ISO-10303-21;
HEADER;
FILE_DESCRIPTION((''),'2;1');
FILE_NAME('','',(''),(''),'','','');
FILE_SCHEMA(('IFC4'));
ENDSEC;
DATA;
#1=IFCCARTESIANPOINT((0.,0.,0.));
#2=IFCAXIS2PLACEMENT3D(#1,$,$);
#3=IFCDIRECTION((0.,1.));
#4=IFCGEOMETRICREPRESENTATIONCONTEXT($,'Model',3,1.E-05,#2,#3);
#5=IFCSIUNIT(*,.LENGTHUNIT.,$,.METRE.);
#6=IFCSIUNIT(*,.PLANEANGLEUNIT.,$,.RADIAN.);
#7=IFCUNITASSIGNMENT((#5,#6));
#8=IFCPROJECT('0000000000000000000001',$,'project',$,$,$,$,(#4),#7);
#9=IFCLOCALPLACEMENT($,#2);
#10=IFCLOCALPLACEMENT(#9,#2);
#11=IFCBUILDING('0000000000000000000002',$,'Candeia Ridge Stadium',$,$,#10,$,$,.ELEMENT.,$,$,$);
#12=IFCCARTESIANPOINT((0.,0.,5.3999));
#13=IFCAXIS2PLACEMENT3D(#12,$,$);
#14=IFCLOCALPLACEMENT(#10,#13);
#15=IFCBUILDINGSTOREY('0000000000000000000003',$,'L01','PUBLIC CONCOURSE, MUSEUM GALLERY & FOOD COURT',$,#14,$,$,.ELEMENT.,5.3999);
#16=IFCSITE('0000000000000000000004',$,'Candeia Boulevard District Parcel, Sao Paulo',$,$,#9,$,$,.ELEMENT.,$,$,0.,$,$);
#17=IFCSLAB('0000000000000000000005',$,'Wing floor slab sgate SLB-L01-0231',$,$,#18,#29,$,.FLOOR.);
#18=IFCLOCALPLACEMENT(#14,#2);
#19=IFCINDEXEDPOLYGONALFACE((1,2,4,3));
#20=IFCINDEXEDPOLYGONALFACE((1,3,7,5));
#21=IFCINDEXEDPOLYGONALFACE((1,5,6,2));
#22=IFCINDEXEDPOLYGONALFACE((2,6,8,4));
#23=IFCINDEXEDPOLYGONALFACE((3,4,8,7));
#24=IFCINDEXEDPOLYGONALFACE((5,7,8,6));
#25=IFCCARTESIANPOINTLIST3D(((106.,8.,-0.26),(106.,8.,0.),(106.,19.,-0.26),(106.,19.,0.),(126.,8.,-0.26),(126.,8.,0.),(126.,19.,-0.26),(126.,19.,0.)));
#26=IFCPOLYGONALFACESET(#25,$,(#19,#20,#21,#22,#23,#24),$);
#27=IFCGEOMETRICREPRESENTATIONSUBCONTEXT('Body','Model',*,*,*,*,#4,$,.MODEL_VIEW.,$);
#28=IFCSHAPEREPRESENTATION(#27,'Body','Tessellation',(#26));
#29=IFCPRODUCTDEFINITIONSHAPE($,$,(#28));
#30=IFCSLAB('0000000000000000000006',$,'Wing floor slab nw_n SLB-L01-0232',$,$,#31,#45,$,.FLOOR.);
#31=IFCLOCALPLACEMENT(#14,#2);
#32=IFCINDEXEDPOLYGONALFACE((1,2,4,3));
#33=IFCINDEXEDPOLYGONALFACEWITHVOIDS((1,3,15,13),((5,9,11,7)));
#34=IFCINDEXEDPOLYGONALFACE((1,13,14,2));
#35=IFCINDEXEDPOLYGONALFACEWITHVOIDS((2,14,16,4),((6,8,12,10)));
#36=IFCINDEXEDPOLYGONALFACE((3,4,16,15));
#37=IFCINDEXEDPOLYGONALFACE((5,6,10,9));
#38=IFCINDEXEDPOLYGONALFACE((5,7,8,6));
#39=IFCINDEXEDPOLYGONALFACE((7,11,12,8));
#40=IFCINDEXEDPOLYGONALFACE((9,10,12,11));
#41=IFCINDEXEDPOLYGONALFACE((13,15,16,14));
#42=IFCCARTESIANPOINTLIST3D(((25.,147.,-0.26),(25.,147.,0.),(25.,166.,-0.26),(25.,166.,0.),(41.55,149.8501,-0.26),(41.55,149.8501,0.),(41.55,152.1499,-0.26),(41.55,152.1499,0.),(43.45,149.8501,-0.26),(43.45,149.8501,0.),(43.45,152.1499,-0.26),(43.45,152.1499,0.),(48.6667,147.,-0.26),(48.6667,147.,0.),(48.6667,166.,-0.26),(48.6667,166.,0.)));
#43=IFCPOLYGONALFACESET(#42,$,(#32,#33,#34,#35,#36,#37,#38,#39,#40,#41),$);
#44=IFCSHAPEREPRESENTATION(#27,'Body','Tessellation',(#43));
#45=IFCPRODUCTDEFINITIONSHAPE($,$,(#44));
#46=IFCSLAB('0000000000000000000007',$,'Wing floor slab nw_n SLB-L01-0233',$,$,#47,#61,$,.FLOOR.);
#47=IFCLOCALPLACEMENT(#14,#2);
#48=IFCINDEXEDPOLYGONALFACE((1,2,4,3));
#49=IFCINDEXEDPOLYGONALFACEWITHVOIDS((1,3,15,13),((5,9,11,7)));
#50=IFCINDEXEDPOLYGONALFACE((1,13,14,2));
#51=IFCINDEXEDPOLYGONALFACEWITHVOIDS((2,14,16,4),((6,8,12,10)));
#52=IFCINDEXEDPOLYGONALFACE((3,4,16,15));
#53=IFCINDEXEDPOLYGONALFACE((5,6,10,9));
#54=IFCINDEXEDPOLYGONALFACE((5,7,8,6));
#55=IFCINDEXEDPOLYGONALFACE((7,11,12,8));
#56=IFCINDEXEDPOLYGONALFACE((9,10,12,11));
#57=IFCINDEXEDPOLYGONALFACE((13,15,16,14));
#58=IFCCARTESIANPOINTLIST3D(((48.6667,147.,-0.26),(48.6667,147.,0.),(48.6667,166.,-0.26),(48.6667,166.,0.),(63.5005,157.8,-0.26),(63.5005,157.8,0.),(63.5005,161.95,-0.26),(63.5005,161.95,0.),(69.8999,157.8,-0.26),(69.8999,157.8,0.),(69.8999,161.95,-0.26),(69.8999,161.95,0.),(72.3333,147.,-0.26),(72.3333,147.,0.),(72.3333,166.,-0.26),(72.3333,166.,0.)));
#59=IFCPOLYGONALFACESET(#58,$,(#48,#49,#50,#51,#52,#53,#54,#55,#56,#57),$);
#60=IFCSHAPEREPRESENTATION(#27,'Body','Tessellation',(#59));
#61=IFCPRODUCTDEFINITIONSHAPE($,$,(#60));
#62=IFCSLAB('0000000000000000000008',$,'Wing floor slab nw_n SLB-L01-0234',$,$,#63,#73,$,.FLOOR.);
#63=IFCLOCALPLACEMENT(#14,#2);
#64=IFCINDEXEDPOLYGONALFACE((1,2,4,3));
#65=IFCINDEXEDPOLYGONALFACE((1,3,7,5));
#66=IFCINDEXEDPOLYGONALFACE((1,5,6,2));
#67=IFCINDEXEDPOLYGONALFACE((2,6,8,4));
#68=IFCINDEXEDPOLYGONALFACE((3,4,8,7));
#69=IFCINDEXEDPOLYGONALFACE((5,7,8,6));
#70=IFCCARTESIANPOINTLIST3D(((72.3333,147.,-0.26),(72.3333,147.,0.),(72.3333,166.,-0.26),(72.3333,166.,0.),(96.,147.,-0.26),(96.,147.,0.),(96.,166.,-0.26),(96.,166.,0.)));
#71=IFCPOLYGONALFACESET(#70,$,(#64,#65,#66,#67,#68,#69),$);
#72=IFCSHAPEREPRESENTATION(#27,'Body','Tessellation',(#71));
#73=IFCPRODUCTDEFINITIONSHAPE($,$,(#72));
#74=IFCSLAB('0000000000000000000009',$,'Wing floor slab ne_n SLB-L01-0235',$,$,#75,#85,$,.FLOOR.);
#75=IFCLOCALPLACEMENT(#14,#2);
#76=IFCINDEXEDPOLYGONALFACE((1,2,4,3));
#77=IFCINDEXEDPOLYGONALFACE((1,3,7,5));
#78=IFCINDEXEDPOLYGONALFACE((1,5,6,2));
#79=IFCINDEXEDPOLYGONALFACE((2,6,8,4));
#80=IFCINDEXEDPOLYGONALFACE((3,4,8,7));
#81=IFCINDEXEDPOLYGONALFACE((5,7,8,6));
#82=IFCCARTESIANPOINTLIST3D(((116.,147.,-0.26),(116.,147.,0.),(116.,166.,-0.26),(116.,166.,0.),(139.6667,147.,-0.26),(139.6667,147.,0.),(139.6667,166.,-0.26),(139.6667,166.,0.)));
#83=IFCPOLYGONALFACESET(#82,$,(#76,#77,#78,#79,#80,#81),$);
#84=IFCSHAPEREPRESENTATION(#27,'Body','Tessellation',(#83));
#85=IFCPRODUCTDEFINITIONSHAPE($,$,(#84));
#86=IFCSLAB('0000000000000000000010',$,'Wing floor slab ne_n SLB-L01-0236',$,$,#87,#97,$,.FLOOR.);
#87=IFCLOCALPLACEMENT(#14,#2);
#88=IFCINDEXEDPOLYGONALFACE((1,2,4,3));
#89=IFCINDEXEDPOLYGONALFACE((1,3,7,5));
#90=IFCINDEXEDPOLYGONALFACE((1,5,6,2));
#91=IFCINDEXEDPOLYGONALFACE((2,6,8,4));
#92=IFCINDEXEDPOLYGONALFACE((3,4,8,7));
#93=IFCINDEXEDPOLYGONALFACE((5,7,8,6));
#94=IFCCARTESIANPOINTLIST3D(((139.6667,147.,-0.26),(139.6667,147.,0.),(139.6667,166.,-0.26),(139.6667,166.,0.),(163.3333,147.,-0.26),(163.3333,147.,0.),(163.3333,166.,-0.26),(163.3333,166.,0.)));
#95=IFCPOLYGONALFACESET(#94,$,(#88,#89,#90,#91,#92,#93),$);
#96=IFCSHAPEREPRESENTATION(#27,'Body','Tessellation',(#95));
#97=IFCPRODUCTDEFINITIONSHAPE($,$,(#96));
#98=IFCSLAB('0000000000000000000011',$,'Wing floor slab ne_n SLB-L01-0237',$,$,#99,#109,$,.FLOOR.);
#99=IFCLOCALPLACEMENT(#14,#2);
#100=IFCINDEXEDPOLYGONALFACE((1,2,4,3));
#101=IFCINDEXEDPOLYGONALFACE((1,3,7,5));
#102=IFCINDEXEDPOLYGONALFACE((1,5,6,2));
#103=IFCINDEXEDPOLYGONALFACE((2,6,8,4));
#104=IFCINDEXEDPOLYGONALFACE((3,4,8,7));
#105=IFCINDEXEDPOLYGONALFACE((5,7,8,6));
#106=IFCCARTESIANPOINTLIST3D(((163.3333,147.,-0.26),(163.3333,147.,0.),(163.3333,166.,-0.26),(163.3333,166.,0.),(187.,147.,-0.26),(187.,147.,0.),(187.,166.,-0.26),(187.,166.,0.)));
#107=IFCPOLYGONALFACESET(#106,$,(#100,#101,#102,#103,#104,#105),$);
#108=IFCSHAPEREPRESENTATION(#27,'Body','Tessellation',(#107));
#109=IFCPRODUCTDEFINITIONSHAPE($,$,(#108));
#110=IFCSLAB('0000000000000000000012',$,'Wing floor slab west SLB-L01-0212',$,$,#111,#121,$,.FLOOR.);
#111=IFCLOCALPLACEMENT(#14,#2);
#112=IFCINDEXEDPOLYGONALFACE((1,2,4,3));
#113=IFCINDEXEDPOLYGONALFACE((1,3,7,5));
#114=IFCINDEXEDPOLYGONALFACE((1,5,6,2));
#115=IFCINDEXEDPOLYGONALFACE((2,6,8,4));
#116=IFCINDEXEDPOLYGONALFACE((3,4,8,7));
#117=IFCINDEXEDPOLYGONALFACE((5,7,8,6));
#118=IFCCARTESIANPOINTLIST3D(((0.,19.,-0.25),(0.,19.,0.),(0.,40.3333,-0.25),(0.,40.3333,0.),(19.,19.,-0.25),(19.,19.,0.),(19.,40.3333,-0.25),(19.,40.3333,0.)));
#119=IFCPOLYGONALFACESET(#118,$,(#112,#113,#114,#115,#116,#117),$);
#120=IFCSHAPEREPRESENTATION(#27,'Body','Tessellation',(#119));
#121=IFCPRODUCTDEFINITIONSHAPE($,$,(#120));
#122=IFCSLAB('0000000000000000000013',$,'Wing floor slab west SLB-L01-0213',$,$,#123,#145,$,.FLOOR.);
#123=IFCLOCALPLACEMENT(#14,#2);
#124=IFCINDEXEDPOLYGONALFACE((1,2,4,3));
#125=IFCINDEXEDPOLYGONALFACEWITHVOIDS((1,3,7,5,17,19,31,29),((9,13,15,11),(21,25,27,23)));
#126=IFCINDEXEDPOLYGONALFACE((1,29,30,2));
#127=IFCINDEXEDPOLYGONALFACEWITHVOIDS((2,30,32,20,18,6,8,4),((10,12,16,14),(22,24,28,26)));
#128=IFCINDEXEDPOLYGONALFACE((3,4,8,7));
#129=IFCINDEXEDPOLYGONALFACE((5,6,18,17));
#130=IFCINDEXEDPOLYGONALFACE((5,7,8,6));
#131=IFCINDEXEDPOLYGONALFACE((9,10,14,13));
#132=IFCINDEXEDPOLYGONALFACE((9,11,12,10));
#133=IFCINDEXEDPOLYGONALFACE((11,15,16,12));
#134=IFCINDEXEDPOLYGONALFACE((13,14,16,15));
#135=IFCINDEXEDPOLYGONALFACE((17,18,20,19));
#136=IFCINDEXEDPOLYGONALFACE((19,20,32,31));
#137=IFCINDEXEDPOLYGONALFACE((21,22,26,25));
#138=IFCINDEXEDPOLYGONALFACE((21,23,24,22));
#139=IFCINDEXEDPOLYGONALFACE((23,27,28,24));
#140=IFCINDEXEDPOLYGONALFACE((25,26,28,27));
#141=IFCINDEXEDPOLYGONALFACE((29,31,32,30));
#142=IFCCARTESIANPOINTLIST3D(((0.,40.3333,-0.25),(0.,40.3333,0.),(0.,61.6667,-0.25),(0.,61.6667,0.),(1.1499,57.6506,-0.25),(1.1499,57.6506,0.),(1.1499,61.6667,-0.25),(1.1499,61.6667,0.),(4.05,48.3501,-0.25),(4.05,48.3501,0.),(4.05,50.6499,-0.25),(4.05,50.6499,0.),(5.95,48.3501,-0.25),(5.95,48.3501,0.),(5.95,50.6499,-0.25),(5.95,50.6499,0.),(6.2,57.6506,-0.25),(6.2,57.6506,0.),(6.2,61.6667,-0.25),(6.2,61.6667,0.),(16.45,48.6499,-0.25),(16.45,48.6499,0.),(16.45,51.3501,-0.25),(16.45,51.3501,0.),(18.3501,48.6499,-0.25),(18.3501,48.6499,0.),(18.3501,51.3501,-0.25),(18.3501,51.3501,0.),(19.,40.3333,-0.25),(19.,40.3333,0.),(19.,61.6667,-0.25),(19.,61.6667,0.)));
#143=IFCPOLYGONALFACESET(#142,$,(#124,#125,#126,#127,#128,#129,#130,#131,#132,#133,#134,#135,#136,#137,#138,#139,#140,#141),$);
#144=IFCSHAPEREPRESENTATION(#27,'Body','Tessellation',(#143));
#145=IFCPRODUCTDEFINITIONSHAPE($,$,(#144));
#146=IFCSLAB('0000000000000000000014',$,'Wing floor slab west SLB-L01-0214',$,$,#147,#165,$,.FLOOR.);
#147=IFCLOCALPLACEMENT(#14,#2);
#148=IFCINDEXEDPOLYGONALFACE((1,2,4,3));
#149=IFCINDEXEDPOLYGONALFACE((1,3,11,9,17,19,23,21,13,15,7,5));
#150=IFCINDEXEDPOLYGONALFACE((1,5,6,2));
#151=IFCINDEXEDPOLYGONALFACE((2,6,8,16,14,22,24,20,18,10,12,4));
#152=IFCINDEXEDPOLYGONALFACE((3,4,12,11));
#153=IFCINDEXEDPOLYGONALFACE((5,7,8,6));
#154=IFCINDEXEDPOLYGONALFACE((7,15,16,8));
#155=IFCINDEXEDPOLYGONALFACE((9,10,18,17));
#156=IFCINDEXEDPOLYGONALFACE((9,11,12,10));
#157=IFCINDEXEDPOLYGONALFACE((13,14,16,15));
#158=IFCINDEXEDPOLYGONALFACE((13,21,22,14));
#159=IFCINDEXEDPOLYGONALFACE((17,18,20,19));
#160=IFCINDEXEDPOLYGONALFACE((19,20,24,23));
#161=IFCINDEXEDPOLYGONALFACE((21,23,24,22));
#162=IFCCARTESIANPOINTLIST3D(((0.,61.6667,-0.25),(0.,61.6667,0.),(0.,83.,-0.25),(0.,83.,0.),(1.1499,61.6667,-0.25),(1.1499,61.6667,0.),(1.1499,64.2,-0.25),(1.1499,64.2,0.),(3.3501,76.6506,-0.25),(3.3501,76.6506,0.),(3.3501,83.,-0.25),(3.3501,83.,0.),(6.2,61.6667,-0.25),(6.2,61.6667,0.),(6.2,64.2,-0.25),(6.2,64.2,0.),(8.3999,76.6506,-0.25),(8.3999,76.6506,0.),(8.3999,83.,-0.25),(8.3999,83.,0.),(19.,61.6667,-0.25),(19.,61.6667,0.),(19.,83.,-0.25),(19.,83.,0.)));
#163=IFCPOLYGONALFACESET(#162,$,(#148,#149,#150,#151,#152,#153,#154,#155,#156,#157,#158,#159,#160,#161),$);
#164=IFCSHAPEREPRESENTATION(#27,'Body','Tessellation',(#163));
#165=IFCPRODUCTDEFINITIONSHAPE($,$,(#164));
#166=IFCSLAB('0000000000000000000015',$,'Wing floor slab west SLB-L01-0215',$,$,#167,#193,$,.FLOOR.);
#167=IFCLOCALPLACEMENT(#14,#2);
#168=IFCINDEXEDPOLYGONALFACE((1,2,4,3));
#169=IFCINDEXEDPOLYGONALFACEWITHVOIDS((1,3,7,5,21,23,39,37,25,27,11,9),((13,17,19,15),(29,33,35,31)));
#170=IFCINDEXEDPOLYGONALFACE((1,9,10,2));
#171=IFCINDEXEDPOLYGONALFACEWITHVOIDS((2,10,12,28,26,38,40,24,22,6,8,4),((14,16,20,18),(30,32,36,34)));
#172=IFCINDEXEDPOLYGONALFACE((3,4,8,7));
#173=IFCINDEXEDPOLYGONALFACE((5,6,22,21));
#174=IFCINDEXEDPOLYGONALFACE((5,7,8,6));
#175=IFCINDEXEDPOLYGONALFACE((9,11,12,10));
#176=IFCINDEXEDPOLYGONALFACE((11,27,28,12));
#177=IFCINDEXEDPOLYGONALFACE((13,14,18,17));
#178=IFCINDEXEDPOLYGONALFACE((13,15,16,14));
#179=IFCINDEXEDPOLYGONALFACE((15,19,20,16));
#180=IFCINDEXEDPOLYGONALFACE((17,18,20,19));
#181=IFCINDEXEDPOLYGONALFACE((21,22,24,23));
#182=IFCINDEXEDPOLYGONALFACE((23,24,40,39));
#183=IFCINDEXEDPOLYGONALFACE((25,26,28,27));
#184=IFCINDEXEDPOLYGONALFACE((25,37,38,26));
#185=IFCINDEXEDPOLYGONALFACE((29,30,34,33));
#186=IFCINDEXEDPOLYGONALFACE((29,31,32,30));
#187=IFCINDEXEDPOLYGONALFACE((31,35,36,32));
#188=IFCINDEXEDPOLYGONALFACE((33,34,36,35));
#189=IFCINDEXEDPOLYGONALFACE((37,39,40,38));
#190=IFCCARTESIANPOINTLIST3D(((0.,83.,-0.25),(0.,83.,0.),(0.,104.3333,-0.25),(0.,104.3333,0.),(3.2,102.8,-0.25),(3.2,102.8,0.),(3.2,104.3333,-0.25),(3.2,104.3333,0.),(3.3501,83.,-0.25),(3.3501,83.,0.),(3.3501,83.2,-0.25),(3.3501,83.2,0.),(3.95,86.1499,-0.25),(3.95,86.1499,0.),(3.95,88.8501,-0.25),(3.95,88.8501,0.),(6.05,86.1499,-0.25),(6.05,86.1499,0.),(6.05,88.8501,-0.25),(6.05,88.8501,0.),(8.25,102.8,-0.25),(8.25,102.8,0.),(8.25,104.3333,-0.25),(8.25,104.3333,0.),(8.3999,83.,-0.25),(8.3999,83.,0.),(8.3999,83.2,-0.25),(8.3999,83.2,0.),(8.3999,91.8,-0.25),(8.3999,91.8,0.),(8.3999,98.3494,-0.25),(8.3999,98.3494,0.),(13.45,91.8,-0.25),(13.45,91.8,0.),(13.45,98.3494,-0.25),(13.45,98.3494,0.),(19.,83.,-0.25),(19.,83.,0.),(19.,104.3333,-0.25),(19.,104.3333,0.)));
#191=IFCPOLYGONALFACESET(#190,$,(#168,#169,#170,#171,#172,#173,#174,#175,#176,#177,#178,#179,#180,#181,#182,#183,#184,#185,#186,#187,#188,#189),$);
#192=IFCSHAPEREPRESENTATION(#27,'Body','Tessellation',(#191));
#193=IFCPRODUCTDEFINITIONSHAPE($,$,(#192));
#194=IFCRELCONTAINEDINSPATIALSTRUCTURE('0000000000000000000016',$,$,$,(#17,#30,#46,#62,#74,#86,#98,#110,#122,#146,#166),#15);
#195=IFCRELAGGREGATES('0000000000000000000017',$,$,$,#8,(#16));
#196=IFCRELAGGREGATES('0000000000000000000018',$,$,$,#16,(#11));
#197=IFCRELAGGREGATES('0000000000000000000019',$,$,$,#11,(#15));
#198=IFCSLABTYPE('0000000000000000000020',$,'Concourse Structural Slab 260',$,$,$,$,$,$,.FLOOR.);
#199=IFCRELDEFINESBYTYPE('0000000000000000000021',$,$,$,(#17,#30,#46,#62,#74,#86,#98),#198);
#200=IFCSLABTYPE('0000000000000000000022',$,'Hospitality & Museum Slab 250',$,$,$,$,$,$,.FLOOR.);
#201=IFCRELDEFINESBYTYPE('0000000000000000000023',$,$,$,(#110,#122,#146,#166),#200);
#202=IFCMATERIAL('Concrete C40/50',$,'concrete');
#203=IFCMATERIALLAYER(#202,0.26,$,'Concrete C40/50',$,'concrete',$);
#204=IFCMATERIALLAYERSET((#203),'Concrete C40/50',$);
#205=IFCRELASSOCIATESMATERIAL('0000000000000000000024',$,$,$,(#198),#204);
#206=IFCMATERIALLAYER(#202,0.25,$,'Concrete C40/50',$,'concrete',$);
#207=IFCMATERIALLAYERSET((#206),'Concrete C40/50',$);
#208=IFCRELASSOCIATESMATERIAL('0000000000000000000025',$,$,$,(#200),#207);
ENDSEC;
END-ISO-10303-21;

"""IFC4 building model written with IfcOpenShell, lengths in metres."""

from ifc_helpers import new_model, si_unit, direction, frame, origin, place, context, subcontext, project, spatial, polyline, outline, extrude, material, layer, layer_set, type_object, element, save


model = new_model("IFC4")

# Units and contexts
model_context = context("Model", 3, precision=1e-05, world=origin(), true_north=direction((0.0, 1.0)))
body_context = subcontext(model_context, "Body", "Model", "MODEL_VIEW")
ifc_project = project(units=[si_unit("LENGTHUNIT", "METRE"), si_unit("PLANEANGLEUNIT", "RADIAN")], contexts=[model_context])

# Site, building, storey
site_placement = place(None, origin())
site = spatial("IfcSite", under=ifc_project, at=site_placement, Name="Candeia Boulevard District Parcel, Sao Paulo", CompositionType="ELEMENT", RefElevation=0.0)
building_placement = place(site_placement, origin())
building = spatial("IfcBuilding", under=site, at=building_placement, Name="Candeia Ridge Stadium", CompositionType="ELEMENT")
storey_placement = place(building_placement, frame((0.0, 0.0, 5.3999)))
storey = spatial("IfcBuildingStorey", under=building, at=storey_placement, Name="L01", Description="PUBLIC CONCOURSE, MUSEUM GALLERY & FOOD COURT", CompositionType="ELEMENT", Elevation=5.3999)

# Slabs
ifc_material = material(Name="Concrete C40/50", Category="concrete")
ifc_layer_1 = layer(ifc_material, 0.26, Name="Concrete C40/50", Category="concrete")
ifc_layer_set_1 = layer_set([ifc_layer_1], Name="Concrete C40/50")
slab_type_1 = type_object("IfcSlabType", Name="Concourse Structural Slab 260", PredefinedType="FLOOR", material=ifc_layer_set_1)
slab_1_placement = place(storey_placement, frame((0.0, 0.0, -0.26)))
element("IfcSlab", 1, at=slab_1_placement, inside=storey, type_object=slab_type_1, Name="Wing floor slab sgate SLB-L01-0231", PredefinedType="FLOOR", context=body_context, shape_type="SweptSolid", body=[
    extrude(outline(polyline([(106.0, 8.0), (106.0, 19.0), (126.0, 19.0), (126.0, 8.0), (106.0, 8.0)])), origin(), (0.0, 0.0, 1.0), 0.26),
])
slab_2_placement = place(storey_placement, frame((0.0, 0.0, -0.26)))
element("IfcSlab", 2, at=slab_2_placement, inside=storey, type_object=slab_type_1, Name="Wing floor slab nw_n SLB-L01-0232", PredefinedType="FLOOR", context=body_context, shape_type="SweptSolid", body=[
    extrude(outline(polyline([(25.0, 147.0), (25.0, 166.0), (48.6667, 166.0), (48.6667, 147.0), (25.0, 147.0)]), holes=[polyline([(41.55, 149.8501), (43.45, 149.8501), (43.45, 152.1499), (41.55, 152.1499), (41.55, 149.8501)])]), origin(), (0.0, 0.0, 1.0), 0.26),
])
slab_3_placement = place(storey_placement, frame((0.0, 0.0, -0.26)))
element("IfcSlab", 3, at=slab_3_placement, inside=storey, type_object=slab_type_1, Name="Wing floor slab nw_n SLB-L01-0233", PredefinedType="FLOOR", context=body_context, shape_type="SweptSolid", body=[
    extrude(outline(polyline([(48.6667, 147.0), (48.6667, 166.0), (72.3333, 166.0), (72.3333, 147.0), (48.6667, 147.0)]), holes=[polyline([(63.5005, 161.95), (63.5005, 157.8), (69.8999, 157.8), (69.8999, 161.95), (63.5005, 161.95)])]), origin(), (0.0, 0.0, 1.0), 0.26),
])
slab_4_placement = place(storey_placement, frame((0.0, 0.0, -0.26)))
element("IfcSlab", 4, at=slab_4_placement, inside=storey, type_object=slab_type_1, Name="Wing floor slab nw_n SLB-L01-0234", PredefinedType="FLOOR", context=body_context, shape_type="SweptSolid", body=[
    extrude(outline(polyline([(72.3333, 147.0), (72.3333, 166.0), (96.0, 166.0), (96.0, 147.0), (72.3333, 147.0)])), origin(), (0.0, 0.0, 1.0), 0.26),
])
slab_5_placement = place(storey_placement, frame((0.0, 0.0, -0.26)))
element("IfcSlab", 5, at=slab_5_placement, inside=storey, type_object=slab_type_1, Name="Wing floor slab ne_n SLB-L01-0235", PredefinedType="FLOOR", context=body_context, shape_type="SweptSolid", body=[
    extrude(outline(polyline([(116.0, 147.0), (116.0, 166.0), (139.6667, 166.0), (139.6667, 147.0), (116.0, 147.0)])), origin(), (0.0, 0.0, 1.0), 0.26),
])
slab_6_placement = place(storey_placement, frame((0.0, 0.0, -0.26)))
element("IfcSlab", 6, at=slab_6_placement, inside=storey, type_object=slab_type_1, Name="Wing floor slab ne_n SLB-L01-0236", PredefinedType="FLOOR", context=body_context, shape_type="SweptSolid", body=[
    extrude(outline(polyline([(139.6667, 147.0), (139.6667, 166.0), (163.3333, 166.0), (163.3333, 147.0), (139.6667, 147.0)])), origin(), (0.0, 0.0, 1.0), 0.26),
])
slab_7_placement = place(storey_placement, frame((0.0, 0.0, -0.26)))
element("IfcSlab", 7, at=slab_7_placement, inside=storey, type_object=slab_type_1, Name="Wing floor slab ne_n SLB-L01-0237", PredefinedType="FLOOR", context=body_context, shape_type="SweptSolid", body=[
    extrude(outline(polyline([(163.3333, 147.0), (163.3333, 166.0), (187.0, 166.0), (187.0, 147.0), (163.3333, 147.0)])), origin(), (0.0, 0.0, 1.0), 0.26),
])
ifc_layer_2 = layer(ifc_material, 0.25, Name="Concrete C40/50", Category="concrete")
ifc_layer_set_2 = layer_set([ifc_layer_2], Name="Concrete C40/50")
slab_type_2 = type_object("IfcSlabType", Name="Hospitality & Museum Slab 250", PredefinedType="FLOOR", material=ifc_layer_set_2)
slab_8_placement = place(storey_placement, frame((0.0, 0.0, -0.25)))
element("IfcSlab", 8, at=slab_8_placement, inside=storey, type_object=slab_type_2, Name="Wing floor slab west SLB-L01-0212", PredefinedType="FLOOR", context=body_context, shape_type="SweptSolid", body=[
    extrude(outline(polyline([(0.0, 19.0), (0.0, 40.3333), (19.0, 40.3333), (19.0, 19.0), (0.0, 19.0)])), origin(), (0.0, 0.0, 1.0), 0.25),
])
slab_9_placement = place(storey_placement, frame((0.0, 0.0, -0.25)))
element("IfcSlab", 9, at=slab_9_placement, inside=storey, type_object=slab_type_2, Name="Wing floor slab west SLB-L01-0213", PredefinedType="FLOOR", context=body_context, shape_type="SweptSolid", body=[
    extrude(outline(polyline([(19.0, 61.6667), (19.0, 40.3333), (0.0, 40.3333), (0.0, 61.6667), (1.1499, 61.6667), (1.1499, 57.6506), (6.2, 57.6506), (6.2, 61.6667), (19.0, 61.6667)]), holes=[polyline([(5.95, 48.3501), (5.95, 50.6499), (4.05, 50.6499), (4.05, 48.3501), (5.95, 48.3501)]), polyline([(18.3501, 48.6499), (18.3501, 51.3501), (16.45, 51.3501), (16.45, 48.6499), (18.3501, 48.6499)])]), origin(), (0.0, 0.0, 1.0), 0.25),
])
slab_10_placement = place(storey_placement, frame((0.0, 0.0, -0.25)))
element("IfcSlab", 10, at=slab_10_placement, inside=storey, type_object=slab_type_2, Name="Wing floor slab west SLB-L01-0214", PredefinedType="FLOOR", context=body_context, shape_type="SweptSolid", body=[
    extrude(outline(polyline([(19.0, 83.0), (19.0, 61.6667), (6.2, 61.6667), (6.2, 64.2), (1.1499, 64.2), (1.1499, 61.6667), (0.0, 61.6667), (0.0, 83.0), (3.3501, 83.0), (3.3501, 76.6506), (8.3999, 76.6506), (8.3999, 83.0), (19.0, 83.0)])), origin(), (0.0, 0.0, 1.0), 0.25),
])
slab_11_placement = place(storey_placement, frame((0.0, 0.0, -0.25)))
element("IfcSlab", 11, at=slab_11_placement, inside=storey, type_object=slab_type_2, Name="Wing floor slab west SLB-L01-0215", PredefinedType="FLOOR", context=body_context, shape_type="SweptSolid", body=[
    extrude(outline(polyline([(19.0, 104.3333), (19.0, 83.0), (8.3999, 83.0), (8.3999, 83.2), (3.3501, 83.2), (3.3501, 83.0), (0.0, 83.0), (0.0, 104.3333), (3.2, 104.3333), (3.2, 102.8), (8.25, 102.8), (8.25, 104.3333), (19.0, 104.3333)]), holes=[polyline([(6.05, 86.1499), (6.05, 88.8501), (3.95, 88.8501), (3.95, 86.1499), (6.05, 86.1499)]), polyline([(8.3999, 98.3494), (8.3999, 91.8), (13.45, 91.8), (13.45, 98.3494), (8.3999, 98.3494)])]), origin(), (0.0, 0.0, 1.0), 0.25),
])

save(model, "model.ifc")
